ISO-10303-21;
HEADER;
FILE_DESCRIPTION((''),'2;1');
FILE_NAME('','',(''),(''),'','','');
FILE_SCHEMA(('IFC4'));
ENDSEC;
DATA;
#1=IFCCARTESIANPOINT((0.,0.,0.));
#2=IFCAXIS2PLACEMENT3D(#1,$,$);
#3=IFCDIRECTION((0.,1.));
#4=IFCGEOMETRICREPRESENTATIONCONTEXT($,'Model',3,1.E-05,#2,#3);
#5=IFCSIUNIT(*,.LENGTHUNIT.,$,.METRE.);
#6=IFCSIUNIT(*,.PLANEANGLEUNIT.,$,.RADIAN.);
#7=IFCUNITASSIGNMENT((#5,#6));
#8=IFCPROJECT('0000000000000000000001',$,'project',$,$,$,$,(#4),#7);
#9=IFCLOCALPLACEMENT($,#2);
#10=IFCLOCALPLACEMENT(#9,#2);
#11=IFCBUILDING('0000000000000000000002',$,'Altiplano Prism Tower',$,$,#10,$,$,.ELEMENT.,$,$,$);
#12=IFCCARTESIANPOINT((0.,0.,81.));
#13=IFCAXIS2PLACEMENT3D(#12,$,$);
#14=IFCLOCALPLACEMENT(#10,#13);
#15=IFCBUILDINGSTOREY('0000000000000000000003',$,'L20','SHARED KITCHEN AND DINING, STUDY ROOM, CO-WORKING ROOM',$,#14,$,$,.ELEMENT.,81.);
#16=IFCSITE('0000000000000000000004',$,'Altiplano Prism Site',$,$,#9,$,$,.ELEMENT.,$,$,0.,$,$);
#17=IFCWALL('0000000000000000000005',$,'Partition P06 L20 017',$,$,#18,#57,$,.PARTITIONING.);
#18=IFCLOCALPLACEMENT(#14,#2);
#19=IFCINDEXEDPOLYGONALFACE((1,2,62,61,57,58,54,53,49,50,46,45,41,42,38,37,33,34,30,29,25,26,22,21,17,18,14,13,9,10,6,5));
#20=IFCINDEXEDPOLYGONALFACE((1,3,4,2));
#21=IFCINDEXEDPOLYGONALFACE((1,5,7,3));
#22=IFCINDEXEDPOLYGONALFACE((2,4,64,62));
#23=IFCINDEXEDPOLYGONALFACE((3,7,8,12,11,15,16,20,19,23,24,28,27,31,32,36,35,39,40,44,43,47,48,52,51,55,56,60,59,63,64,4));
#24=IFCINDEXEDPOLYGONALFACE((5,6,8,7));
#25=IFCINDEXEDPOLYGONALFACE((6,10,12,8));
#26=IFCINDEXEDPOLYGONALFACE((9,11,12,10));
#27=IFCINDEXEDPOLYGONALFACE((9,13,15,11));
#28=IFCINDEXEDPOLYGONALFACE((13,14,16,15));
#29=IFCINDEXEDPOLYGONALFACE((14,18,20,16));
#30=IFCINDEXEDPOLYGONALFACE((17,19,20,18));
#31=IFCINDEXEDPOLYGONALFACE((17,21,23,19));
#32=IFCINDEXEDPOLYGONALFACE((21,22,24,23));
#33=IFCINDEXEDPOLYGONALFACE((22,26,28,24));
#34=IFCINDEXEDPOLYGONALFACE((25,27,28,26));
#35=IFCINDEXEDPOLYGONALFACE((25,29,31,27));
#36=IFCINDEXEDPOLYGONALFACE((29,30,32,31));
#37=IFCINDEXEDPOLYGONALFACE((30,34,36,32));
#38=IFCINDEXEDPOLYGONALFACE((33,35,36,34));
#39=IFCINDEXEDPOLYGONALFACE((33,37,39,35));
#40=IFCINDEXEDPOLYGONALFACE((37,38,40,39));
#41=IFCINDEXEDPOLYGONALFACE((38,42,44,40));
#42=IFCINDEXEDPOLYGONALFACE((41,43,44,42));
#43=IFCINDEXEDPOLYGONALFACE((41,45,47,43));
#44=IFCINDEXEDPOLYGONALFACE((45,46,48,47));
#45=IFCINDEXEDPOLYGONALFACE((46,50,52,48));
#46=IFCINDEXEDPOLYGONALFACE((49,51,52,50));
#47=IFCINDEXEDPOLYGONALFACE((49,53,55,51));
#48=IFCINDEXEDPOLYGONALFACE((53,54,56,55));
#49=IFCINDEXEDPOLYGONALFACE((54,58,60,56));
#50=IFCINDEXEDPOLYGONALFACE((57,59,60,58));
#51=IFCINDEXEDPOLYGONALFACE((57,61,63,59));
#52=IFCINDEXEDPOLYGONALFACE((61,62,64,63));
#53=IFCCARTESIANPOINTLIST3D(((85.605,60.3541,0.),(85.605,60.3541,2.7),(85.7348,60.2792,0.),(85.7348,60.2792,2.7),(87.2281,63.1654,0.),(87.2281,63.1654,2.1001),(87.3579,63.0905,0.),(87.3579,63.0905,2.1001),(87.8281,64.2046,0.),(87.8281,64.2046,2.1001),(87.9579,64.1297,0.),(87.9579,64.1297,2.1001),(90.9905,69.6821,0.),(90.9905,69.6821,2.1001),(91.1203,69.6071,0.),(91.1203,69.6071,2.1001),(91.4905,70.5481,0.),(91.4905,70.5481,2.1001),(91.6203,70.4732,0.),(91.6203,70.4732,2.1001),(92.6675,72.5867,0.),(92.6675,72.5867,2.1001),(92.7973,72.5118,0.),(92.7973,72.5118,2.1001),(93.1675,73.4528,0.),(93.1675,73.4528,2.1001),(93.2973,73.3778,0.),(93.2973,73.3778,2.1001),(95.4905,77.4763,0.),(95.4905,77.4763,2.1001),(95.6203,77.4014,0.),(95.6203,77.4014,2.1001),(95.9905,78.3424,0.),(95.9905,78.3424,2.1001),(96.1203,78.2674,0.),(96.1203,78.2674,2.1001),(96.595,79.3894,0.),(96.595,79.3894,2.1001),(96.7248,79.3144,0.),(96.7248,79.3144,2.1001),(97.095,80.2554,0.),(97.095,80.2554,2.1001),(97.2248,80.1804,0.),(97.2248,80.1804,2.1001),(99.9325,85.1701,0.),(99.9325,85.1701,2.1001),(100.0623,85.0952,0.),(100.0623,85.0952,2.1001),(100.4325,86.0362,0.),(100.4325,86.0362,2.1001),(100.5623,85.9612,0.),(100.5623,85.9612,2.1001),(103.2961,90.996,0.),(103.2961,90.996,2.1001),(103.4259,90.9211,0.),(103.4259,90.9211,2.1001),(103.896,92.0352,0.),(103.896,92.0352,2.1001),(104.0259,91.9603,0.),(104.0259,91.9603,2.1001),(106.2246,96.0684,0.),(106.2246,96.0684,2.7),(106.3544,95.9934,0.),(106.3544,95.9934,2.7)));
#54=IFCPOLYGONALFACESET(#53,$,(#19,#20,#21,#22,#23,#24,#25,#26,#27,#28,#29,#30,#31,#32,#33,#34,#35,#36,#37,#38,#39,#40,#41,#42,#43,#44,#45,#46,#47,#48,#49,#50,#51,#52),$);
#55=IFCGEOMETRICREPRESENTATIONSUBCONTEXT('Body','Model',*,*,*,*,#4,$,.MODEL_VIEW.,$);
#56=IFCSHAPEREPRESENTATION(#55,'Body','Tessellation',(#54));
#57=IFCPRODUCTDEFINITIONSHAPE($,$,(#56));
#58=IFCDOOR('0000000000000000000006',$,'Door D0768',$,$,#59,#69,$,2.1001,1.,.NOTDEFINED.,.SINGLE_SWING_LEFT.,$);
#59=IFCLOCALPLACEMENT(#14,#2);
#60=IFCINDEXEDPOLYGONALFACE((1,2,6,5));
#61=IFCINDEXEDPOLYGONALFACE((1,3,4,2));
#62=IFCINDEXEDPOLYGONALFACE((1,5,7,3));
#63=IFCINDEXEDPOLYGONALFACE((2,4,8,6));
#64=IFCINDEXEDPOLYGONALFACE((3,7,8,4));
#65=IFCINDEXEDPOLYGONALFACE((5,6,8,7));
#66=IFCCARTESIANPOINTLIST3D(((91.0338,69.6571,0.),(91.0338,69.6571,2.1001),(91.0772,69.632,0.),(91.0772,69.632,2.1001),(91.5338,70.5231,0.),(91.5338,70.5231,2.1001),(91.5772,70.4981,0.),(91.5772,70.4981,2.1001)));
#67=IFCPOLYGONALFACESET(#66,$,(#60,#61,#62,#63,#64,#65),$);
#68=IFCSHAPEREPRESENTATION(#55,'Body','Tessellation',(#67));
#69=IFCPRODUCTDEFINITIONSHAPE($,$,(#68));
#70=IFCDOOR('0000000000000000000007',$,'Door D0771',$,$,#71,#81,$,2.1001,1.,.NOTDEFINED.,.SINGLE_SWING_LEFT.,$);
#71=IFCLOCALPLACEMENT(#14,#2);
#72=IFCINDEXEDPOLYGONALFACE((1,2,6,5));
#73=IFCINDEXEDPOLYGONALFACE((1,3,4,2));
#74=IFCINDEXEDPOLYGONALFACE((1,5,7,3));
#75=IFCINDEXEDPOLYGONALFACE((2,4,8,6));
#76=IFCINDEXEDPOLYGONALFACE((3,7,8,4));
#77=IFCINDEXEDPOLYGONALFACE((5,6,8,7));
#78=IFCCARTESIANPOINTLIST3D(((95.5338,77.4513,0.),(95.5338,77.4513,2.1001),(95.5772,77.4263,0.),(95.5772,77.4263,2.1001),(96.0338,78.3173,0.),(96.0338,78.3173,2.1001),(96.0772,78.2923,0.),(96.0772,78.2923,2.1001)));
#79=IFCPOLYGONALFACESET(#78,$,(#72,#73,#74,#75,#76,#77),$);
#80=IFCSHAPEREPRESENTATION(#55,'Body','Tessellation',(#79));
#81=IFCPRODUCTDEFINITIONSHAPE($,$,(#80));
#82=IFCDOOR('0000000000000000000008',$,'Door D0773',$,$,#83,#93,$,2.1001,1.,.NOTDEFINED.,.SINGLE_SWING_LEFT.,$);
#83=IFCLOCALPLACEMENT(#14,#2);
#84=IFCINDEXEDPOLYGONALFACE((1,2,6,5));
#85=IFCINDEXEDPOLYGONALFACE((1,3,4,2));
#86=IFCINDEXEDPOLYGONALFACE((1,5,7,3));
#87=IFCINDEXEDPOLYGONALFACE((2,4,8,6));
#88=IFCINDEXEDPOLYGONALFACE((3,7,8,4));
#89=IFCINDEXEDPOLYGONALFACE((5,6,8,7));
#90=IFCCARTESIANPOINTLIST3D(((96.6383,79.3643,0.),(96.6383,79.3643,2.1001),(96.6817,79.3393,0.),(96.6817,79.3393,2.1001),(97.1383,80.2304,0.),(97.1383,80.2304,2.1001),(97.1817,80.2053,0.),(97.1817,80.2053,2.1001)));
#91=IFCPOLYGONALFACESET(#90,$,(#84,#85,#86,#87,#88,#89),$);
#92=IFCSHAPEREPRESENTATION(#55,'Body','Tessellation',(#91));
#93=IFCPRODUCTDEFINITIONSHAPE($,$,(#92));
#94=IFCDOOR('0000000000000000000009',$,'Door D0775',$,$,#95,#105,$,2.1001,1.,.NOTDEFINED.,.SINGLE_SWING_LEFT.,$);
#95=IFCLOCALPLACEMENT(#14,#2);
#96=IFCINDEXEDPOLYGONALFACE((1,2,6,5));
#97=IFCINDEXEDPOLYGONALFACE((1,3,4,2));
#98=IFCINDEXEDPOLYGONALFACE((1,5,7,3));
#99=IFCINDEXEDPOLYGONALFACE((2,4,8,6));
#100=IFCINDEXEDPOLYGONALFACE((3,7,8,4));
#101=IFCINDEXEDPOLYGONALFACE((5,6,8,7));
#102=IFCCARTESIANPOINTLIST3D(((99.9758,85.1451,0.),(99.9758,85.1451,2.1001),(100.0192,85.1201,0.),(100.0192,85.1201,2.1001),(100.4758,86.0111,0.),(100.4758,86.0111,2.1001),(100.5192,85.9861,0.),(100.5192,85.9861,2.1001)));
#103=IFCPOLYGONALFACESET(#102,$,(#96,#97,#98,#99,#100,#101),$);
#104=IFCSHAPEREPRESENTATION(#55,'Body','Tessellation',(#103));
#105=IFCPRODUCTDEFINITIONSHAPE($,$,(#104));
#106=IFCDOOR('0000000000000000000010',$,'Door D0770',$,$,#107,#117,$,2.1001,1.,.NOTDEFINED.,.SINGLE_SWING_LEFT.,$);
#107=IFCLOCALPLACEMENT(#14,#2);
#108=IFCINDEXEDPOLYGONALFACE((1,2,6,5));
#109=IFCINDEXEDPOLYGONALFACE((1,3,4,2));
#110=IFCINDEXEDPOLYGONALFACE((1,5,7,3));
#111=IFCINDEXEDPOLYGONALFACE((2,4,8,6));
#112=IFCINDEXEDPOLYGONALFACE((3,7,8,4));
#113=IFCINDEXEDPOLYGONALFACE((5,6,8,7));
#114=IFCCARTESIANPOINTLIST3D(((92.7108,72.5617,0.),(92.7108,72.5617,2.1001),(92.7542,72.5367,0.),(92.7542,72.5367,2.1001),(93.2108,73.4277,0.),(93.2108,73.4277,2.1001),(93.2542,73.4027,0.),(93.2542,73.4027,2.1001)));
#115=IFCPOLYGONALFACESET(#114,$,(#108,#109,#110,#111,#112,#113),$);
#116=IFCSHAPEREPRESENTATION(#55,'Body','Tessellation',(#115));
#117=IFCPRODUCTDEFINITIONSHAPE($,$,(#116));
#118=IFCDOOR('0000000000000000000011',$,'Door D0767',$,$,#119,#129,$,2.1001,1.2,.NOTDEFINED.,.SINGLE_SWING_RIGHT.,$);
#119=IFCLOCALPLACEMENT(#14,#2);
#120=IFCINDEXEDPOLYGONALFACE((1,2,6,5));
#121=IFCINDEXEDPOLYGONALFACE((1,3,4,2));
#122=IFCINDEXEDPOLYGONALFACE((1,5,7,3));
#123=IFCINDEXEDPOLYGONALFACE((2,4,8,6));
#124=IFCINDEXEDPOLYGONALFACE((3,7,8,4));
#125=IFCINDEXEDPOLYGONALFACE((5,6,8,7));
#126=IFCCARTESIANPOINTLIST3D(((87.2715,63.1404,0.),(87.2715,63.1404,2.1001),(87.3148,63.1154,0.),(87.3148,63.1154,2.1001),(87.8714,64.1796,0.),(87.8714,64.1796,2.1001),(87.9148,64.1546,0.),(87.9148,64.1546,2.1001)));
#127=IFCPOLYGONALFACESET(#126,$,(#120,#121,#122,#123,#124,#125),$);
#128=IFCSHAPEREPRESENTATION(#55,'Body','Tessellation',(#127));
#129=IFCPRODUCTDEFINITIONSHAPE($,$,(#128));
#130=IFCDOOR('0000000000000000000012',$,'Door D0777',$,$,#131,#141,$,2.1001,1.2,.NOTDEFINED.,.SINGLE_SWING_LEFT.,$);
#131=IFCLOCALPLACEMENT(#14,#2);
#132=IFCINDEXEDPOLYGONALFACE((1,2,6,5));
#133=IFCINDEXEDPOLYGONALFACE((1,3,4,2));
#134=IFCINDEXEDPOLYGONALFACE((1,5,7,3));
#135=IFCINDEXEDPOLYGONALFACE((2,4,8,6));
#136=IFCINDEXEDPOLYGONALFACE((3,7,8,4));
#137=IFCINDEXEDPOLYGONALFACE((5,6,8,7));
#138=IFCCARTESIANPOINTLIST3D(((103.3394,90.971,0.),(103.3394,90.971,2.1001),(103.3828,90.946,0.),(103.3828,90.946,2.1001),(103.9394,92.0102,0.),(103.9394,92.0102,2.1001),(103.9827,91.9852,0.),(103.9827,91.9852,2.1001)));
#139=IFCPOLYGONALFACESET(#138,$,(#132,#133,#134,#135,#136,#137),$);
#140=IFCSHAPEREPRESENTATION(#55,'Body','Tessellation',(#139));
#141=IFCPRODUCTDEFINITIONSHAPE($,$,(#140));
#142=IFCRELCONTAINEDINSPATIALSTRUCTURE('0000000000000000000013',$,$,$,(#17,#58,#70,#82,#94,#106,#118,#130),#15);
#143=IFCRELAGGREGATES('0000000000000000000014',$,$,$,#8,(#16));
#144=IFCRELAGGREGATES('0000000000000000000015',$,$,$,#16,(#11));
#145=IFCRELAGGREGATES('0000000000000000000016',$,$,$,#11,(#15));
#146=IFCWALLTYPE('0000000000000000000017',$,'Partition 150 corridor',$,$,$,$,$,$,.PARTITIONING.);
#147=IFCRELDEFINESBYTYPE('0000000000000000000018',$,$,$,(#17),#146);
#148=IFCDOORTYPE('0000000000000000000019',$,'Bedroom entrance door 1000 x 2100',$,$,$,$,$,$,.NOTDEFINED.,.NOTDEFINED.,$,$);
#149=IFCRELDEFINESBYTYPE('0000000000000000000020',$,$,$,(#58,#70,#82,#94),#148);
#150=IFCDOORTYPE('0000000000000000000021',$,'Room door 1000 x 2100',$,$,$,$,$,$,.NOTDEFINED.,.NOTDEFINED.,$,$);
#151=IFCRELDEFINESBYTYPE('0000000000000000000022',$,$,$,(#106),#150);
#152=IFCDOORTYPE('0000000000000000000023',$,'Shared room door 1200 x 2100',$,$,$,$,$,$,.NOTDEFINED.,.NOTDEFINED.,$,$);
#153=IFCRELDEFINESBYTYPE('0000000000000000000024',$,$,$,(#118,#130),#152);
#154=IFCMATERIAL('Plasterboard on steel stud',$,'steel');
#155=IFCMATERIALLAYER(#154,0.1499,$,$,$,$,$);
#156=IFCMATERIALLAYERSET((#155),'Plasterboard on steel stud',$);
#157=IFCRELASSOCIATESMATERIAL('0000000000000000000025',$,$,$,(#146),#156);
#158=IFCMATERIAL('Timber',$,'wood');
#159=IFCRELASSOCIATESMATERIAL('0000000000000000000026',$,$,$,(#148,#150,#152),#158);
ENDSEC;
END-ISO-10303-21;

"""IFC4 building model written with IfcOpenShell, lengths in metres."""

from ifc_helpers import new_model, si_unit, direction, frame, frame_2d, origin, place, context, subcontext, project, spatial, rectangle, extrude, material, layer, layer_set, type_object, element, fill, save


model = new_model("IFC4")

# Units and contexts
model_context = context("Model", 3, precision=1e-05, world=origin(), true_north=direction((0.0, 1.0)))
body_context = subcontext(model_context, "Body", "Model", "MODEL_VIEW")
ifc_project = project(units=[si_unit("LENGTHUNIT", "METRE"), si_unit("PLANEANGLEUNIT", "RADIAN")], contexts=[model_context])

# Site, building, storey
site_placement = place(None, origin())
site = spatial("IfcSite", under=ifc_project, at=site_placement, Name="Altiplano Prism Site", CompositionType="ELEMENT", RefElevation=0.0)
building_placement = place(site_placement, origin())
building = spatial("IfcBuilding", under=site, at=building_placement, Name="Altiplano Prism Tower", CompositionType="ELEMENT")
storey_placement = place(building_placement, frame((0.0, 0.0, 81.0)))
storey = spatial("IfcBuildingStorey", under=building, at=storey_placement, Name="L20", Description="SHARED KITCHEN AND DINING, STUDY ROOM, CO-WORKING ROOM", CompositionType="ELEMENT", Elevation=81.0)

# Shared definitions
ifc_material_1 = material(Name="Plasterboard on steel stud", Category="steel")
ifc_layer_1 = layer(ifc_material_1, 0.1499)
ifc_layer_set_1 = layer_set([ifc_layer_1], Name="Plasterboard on steel stud")
wall_type_1 = type_object("IfcWallType", Name="Partition 150 corridor", PredefinedType="PARTITIONING", material=ifc_layer_set_1)

# Wall, openings, doors
wall_1_placement = place(storey_placement, frame((85.6699, 60.3167, 0.0), z_axis=(0.0, 0.0, 1.0), x_axis=(0.499999, 0.866026, 0.0)))
wall_1 = element("IfcWall", 1, at=wall_1_placement, inside=storey, type_object=wall_type_1, Name="Partition P06 L20 017", PredefinedType="PARTITIONING", context=body_context, shape_type="SweptSolid", body=[
    extrude(rectangle(XDim=41.2393, YDim=0.1499, at=frame_2d((20.6196, 0.0))), origin(), (0.0, 0.0, 1.0), 2.7),
])
opening_1_placement = place(wall_1_placement, frame((3.2461, 0.0, 0.0)))
opening_1 = element("IfcOpeningElement", 2, at=opening_1_placement, cuts=wall_1, PredefinedType="OPENING", context=body_context, shape_type="SweptSolid", body=[
    extrude(rectangle(XDim=1.2, YDim=2.1001, at=frame_2d((0.6001, 1.05))), frame((0.0, 0.0854, 0.0), z_axis=(0.0, -1.0, 0.0), x_axis=(1.0, 0.0, 0.0)), (0.0, 0.0, 1.0), 0.1709),
])
opening_2_placement = place(wall_1_placement, frame((10.771, 0.0, 0.0)))
opening_2 = element("IfcOpeningElement", 3, at=opening_2_placement, cuts=wall_1, PredefinedType="OPENING", context=body_context, shape_type="SweptSolid", body=[
    extrude(rectangle(XDim=1.0, YDim=2.1001, at=frame_2d((0.5, 1.05))), frame((0.0, 0.0854, 0.0), z_axis=(0.0, -1.0, 0.0), x_axis=(1.0, 0.0, 0.0)), (0.0, 0.0, 1.0), 0.1709),
])
opening_3_placement = place(wall_1_placement, frame((14.125, 0.0, 0.0)))
opening_3 = element("IfcOpeningElement", 4, at=opening_3_placement, cuts=wall_1, PredefinedType="OPENING", context=body_context, shape_type="SweptSolid", body=[
    extrude(rectangle(XDim=1.0, YDim=2.1001, at=frame_2d((0.5, 1.05))), frame((0.0, 0.0854, 0.0), z_axis=(0.0, -1.0, 0.0), x_axis=(1.0, 0.0, 0.0)), (0.0, 0.0, 1.0), 0.1709),
])
opening_4_placement = place(wall_1_placement, frame((19.771, 0.0, 0.0)))
opening_4 = element("IfcOpeningElement", 5, at=opening_4_placement, cuts=wall_1, PredefinedType="OPENING", context=body_context, shape_type="SweptSolid", body=[
    extrude(rectangle(XDim=1.0, YDim=2.1001, at=frame_2d((0.5, 1.05))), frame((0.0, 0.0854, 0.0), z_axis=(0.0, -1.0, 0.0), x_axis=(1.0, 0.0, 0.0)), (0.0, 0.0, 1.0), 0.1709),
])
opening_5_placement = place(wall_1_placement, frame((21.98, 0.0, 0.0)))
opening_5 = element("IfcOpeningElement", 6, at=opening_5_placement, cuts=wall_1, PredefinedType="OPENING", context=body_context, shape_type="SweptSolid", body=[
    extrude(rectangle(XDim=1.0, YDim=2.1001, at=frame_2d((0.5, 1.05))), frame((0.0, 0.0854, 0.0), z_axis=(0.0, -1.0, 0.0), x_axis=(1.0, 0.0, 0.0)), (0.0, 0.0, 1.0), 0.1709),
])
opening_6_placement = place(wall_1_placement, frame((28.655, 0.0, 0.0)))
opening_6 = element("IfcOpeningElement", 7, at=opening_6_placement, cuts=wall_1, PredefinedType="OPENING", context=body_context, shape_type="SweptSolid", body=[
    extrude(rectangle(XDim=1.0, YDim=2.1001, at=frame_2d((0.5, 1.05))), frame((0.0, 0.0854, 0.0), z_axis=(0.0, -1.0, 0.0), x_axis=(1.0, 0.0, 0.0)), (0.0, 0.0, 1.0), 0.1709),
])
opening_7_placement = place(wall_1_placement, frame((35.3821, 0.0, 0.0)))
opening_7 = element("IfcOpeningElement", 8, at=opening_7_placement, cuts=wall_1, PredefinedType="OPENING", context=body_context, shape_type="SweptSolid", body=[
    extrude(rectangle(XDim=1.2, YDim=2.1001, at=frame_2d((0.6001, 1.05))), frame((0.0, 0.0854, 0.0), z_axis=(0.0, -1.0, 0.0), x_axis=(1.0, 0.0, 0.0)), (0.0, 0.0, 1.0), 0.1709),
])
ifc_material_2 = material(Name="Timber", Category="wood")
door_type_1 = type_object("IfcDoorType", Name="Bedroom entrance door 1000 x 2100", OperationType="NOTDEFINED", PredefinedType="NOTDEFINED", material=ifc_material_2)
door_1_placement = place(opening_2_placement, origin())
door_1 = element("IfcDoor", 9, at=door_1_placement, inside=storey, type_object=door_type_1, Name="Door D0768", OperationType="SINGLE_SWING_LEFT", OverallHeight=2.1001, OverallWidth=1.0, PredefinedType="NOTDEFINED", context=body_context, shape_type="SweptSolid", body=[
    extrude(rectangle(XDim=1.0, YDim=2.1001, at=frame_2d((0.5, 1.05))), frame((0.0, 0.0249, 0.0), z_axis=(0.0, -1.0, 0.0), x_axis=(1.0, 0.0, 0.0)), (0.0, 0.0, 1.0), 0.05),
])
fill(opening_2, door_1)
door_2_placement = place(opening_4_placement, origin())
door_2 = element("IfcDoor", 10, at=door_2_placement, inside=storey, type_object=door_type_1, Name="Door D0771", OperationType="SINGLE_SWING_LEFT", OverallHeight=2.1001, OverallWidth=1.0, PredefinedType="NOTDEFINED", context=body_context, shape_type="SweptSolid", body=[
    extrude(rectangle(XDim=1.0, YDim=2.1001, at=frame_2d((0.5, 1.05))), frame((0.0, 0.0249, 0.0), z_axis=(0.0, -1.0, 0.0), x_axis=(1.0, 0.0, 0.0)), (0.0, 0.0, 1.0), 0.05),
])
fill(opening_4, door_2)
door_3_placement = place(opening_5_placement, origin())
door_3 = element("IfcDoor", 11, at=door_3_placement, inside=storey, type_object=door_type_1, Name="Door D0773", OperationType="SINGLE_SWING_LEFT", OverallHeight=2.1001, OverallWidth=1.0, PredefinedType="NOTDEFINED", context=body_context, shape_type="SweptSolid", body=[
    extrude(rectangle(XDim=1.0, YDim=2.1001, at=frame_2d((0.5, 1.05))), frame((0.0, 0.0249, 0.0), z_axis=(0.0, -1.0, 0.0), x_axis=(1.0, 0.0, 0.0)), (0.0, 0.0, 1.0), 0.05),
])
fill(opening_5, door_3)
door_4_placement = place(opening_6_placement, origin())
door_4 = element("IfcDoor", 12, at=door_4_placement, inside=storey, type_object=door_type_1, Name="Door D0775", OperationType="SINGLE_SWING_LEFT", OverallHeight=2.1001, OverallWidth=1.0, PredefinedType="NOTDEFINED", context=body_context, shape_type="SweptSolid", body=[
    extrude(rectangle(XDim=1.0, YDim=2.1001, at=frame_2d((0.5, 1.05))), frame((0.0, 0.0249, 0.0), z_axis=(0.0, -1.0, 0.0), x_axis=(1.0, 0.0, 0.0)), (0.0, 0.0, 1.0), 0.05),
])
fill(opening_6, door_4)
door_type_2 = type_object("IfcDoorType", Name="Room door 1000 x 2100", OperationType="NOTDEFINED", PredefinedType="NOTDEFINED", material=ifc_material_2)
door_5_placement = place(opening_3_placement, origin())
door_5 = element("IfcDoor", 13, at=door_5_placement, inside=storey, type_object=door_type_2, Name="Door D0770", OperationType="SINGLE_SWING_LEFT", OverallHeight=2.1001, OverallWidth=1.0, PredefinedType="NOTDEFINED", context=body_context, shape_type="SweptSolid", body=[
    extrude(rectangle(XDim=1.0, YDim=2.1001, at=frame_2d((0.5, 1.05))), frame((0.0, 0.0249, 0.0), z_axis=(0.0, -1.0, 0.0), x_axis=(1.0, 0.0, 0.0)), (0.0, 0.0, 1.0), 0.05),
])
fill(opening_3, door_5)
door_type_3 = type_object("IfcDoorType", Name="Shared room door 1200 x 2100", OperationType="NOTDEFINED", PredefinedType="NOTDEFINED", material=ifc_material_2)
door_6_placement = place(opening_1_placement, origin())
door_6 = element("IfcDoor", 14, at=door_6_placement, inside=storey, type_object=door_type_3, Name="Door D0767", OperationType="SINGLE_SWING_RIGHT", OverallHeight=2.1001, OverallWidth=1.2, PredefinedType="NOTDEFINED", context=body_context, shape_type="SweptSolid", body=[
    extrude(rectangle(XDim=1.2, YDim=2.1001, at=frame_2d((0.6001, 1.05))), frame((0.0, 0.0249, 0.0), z_axis=(0.0, -1.0, 0.0), x_axis=(1.0, 0.0, 0.0)), (0.0, 0.0, 1.0), 0.05),
])
fill(opening_1, door_6)
door_7_placement = place(opening_7_placement, origin())
door_7 = element("IfcDoor", 15, at=door_7_placement, inside=storey, type_object=door_type_3, Name="Door D0777", OperationType="SINGLE_SWING_LEFT", OverallHeight=2.1001, OverallWidth=1.2, PredefinedType="NOTDEFINED", context=body_context, shape_type="SweptSolid", body=[
    extrude(rectangle(XDim=1.2, YDim=2.1001, at=frame_2d((0.6001, 1.05))), frame((0.0, 0.0249, 0.0), z_axis=(0.0, -1.0, 0.0), x_axis=(1.0, 0.0, 0.0)), (0.0, 0.0, 1.0), 0.05),
])
fill(opening_7, door_7)

save(model, "model.ifc")
